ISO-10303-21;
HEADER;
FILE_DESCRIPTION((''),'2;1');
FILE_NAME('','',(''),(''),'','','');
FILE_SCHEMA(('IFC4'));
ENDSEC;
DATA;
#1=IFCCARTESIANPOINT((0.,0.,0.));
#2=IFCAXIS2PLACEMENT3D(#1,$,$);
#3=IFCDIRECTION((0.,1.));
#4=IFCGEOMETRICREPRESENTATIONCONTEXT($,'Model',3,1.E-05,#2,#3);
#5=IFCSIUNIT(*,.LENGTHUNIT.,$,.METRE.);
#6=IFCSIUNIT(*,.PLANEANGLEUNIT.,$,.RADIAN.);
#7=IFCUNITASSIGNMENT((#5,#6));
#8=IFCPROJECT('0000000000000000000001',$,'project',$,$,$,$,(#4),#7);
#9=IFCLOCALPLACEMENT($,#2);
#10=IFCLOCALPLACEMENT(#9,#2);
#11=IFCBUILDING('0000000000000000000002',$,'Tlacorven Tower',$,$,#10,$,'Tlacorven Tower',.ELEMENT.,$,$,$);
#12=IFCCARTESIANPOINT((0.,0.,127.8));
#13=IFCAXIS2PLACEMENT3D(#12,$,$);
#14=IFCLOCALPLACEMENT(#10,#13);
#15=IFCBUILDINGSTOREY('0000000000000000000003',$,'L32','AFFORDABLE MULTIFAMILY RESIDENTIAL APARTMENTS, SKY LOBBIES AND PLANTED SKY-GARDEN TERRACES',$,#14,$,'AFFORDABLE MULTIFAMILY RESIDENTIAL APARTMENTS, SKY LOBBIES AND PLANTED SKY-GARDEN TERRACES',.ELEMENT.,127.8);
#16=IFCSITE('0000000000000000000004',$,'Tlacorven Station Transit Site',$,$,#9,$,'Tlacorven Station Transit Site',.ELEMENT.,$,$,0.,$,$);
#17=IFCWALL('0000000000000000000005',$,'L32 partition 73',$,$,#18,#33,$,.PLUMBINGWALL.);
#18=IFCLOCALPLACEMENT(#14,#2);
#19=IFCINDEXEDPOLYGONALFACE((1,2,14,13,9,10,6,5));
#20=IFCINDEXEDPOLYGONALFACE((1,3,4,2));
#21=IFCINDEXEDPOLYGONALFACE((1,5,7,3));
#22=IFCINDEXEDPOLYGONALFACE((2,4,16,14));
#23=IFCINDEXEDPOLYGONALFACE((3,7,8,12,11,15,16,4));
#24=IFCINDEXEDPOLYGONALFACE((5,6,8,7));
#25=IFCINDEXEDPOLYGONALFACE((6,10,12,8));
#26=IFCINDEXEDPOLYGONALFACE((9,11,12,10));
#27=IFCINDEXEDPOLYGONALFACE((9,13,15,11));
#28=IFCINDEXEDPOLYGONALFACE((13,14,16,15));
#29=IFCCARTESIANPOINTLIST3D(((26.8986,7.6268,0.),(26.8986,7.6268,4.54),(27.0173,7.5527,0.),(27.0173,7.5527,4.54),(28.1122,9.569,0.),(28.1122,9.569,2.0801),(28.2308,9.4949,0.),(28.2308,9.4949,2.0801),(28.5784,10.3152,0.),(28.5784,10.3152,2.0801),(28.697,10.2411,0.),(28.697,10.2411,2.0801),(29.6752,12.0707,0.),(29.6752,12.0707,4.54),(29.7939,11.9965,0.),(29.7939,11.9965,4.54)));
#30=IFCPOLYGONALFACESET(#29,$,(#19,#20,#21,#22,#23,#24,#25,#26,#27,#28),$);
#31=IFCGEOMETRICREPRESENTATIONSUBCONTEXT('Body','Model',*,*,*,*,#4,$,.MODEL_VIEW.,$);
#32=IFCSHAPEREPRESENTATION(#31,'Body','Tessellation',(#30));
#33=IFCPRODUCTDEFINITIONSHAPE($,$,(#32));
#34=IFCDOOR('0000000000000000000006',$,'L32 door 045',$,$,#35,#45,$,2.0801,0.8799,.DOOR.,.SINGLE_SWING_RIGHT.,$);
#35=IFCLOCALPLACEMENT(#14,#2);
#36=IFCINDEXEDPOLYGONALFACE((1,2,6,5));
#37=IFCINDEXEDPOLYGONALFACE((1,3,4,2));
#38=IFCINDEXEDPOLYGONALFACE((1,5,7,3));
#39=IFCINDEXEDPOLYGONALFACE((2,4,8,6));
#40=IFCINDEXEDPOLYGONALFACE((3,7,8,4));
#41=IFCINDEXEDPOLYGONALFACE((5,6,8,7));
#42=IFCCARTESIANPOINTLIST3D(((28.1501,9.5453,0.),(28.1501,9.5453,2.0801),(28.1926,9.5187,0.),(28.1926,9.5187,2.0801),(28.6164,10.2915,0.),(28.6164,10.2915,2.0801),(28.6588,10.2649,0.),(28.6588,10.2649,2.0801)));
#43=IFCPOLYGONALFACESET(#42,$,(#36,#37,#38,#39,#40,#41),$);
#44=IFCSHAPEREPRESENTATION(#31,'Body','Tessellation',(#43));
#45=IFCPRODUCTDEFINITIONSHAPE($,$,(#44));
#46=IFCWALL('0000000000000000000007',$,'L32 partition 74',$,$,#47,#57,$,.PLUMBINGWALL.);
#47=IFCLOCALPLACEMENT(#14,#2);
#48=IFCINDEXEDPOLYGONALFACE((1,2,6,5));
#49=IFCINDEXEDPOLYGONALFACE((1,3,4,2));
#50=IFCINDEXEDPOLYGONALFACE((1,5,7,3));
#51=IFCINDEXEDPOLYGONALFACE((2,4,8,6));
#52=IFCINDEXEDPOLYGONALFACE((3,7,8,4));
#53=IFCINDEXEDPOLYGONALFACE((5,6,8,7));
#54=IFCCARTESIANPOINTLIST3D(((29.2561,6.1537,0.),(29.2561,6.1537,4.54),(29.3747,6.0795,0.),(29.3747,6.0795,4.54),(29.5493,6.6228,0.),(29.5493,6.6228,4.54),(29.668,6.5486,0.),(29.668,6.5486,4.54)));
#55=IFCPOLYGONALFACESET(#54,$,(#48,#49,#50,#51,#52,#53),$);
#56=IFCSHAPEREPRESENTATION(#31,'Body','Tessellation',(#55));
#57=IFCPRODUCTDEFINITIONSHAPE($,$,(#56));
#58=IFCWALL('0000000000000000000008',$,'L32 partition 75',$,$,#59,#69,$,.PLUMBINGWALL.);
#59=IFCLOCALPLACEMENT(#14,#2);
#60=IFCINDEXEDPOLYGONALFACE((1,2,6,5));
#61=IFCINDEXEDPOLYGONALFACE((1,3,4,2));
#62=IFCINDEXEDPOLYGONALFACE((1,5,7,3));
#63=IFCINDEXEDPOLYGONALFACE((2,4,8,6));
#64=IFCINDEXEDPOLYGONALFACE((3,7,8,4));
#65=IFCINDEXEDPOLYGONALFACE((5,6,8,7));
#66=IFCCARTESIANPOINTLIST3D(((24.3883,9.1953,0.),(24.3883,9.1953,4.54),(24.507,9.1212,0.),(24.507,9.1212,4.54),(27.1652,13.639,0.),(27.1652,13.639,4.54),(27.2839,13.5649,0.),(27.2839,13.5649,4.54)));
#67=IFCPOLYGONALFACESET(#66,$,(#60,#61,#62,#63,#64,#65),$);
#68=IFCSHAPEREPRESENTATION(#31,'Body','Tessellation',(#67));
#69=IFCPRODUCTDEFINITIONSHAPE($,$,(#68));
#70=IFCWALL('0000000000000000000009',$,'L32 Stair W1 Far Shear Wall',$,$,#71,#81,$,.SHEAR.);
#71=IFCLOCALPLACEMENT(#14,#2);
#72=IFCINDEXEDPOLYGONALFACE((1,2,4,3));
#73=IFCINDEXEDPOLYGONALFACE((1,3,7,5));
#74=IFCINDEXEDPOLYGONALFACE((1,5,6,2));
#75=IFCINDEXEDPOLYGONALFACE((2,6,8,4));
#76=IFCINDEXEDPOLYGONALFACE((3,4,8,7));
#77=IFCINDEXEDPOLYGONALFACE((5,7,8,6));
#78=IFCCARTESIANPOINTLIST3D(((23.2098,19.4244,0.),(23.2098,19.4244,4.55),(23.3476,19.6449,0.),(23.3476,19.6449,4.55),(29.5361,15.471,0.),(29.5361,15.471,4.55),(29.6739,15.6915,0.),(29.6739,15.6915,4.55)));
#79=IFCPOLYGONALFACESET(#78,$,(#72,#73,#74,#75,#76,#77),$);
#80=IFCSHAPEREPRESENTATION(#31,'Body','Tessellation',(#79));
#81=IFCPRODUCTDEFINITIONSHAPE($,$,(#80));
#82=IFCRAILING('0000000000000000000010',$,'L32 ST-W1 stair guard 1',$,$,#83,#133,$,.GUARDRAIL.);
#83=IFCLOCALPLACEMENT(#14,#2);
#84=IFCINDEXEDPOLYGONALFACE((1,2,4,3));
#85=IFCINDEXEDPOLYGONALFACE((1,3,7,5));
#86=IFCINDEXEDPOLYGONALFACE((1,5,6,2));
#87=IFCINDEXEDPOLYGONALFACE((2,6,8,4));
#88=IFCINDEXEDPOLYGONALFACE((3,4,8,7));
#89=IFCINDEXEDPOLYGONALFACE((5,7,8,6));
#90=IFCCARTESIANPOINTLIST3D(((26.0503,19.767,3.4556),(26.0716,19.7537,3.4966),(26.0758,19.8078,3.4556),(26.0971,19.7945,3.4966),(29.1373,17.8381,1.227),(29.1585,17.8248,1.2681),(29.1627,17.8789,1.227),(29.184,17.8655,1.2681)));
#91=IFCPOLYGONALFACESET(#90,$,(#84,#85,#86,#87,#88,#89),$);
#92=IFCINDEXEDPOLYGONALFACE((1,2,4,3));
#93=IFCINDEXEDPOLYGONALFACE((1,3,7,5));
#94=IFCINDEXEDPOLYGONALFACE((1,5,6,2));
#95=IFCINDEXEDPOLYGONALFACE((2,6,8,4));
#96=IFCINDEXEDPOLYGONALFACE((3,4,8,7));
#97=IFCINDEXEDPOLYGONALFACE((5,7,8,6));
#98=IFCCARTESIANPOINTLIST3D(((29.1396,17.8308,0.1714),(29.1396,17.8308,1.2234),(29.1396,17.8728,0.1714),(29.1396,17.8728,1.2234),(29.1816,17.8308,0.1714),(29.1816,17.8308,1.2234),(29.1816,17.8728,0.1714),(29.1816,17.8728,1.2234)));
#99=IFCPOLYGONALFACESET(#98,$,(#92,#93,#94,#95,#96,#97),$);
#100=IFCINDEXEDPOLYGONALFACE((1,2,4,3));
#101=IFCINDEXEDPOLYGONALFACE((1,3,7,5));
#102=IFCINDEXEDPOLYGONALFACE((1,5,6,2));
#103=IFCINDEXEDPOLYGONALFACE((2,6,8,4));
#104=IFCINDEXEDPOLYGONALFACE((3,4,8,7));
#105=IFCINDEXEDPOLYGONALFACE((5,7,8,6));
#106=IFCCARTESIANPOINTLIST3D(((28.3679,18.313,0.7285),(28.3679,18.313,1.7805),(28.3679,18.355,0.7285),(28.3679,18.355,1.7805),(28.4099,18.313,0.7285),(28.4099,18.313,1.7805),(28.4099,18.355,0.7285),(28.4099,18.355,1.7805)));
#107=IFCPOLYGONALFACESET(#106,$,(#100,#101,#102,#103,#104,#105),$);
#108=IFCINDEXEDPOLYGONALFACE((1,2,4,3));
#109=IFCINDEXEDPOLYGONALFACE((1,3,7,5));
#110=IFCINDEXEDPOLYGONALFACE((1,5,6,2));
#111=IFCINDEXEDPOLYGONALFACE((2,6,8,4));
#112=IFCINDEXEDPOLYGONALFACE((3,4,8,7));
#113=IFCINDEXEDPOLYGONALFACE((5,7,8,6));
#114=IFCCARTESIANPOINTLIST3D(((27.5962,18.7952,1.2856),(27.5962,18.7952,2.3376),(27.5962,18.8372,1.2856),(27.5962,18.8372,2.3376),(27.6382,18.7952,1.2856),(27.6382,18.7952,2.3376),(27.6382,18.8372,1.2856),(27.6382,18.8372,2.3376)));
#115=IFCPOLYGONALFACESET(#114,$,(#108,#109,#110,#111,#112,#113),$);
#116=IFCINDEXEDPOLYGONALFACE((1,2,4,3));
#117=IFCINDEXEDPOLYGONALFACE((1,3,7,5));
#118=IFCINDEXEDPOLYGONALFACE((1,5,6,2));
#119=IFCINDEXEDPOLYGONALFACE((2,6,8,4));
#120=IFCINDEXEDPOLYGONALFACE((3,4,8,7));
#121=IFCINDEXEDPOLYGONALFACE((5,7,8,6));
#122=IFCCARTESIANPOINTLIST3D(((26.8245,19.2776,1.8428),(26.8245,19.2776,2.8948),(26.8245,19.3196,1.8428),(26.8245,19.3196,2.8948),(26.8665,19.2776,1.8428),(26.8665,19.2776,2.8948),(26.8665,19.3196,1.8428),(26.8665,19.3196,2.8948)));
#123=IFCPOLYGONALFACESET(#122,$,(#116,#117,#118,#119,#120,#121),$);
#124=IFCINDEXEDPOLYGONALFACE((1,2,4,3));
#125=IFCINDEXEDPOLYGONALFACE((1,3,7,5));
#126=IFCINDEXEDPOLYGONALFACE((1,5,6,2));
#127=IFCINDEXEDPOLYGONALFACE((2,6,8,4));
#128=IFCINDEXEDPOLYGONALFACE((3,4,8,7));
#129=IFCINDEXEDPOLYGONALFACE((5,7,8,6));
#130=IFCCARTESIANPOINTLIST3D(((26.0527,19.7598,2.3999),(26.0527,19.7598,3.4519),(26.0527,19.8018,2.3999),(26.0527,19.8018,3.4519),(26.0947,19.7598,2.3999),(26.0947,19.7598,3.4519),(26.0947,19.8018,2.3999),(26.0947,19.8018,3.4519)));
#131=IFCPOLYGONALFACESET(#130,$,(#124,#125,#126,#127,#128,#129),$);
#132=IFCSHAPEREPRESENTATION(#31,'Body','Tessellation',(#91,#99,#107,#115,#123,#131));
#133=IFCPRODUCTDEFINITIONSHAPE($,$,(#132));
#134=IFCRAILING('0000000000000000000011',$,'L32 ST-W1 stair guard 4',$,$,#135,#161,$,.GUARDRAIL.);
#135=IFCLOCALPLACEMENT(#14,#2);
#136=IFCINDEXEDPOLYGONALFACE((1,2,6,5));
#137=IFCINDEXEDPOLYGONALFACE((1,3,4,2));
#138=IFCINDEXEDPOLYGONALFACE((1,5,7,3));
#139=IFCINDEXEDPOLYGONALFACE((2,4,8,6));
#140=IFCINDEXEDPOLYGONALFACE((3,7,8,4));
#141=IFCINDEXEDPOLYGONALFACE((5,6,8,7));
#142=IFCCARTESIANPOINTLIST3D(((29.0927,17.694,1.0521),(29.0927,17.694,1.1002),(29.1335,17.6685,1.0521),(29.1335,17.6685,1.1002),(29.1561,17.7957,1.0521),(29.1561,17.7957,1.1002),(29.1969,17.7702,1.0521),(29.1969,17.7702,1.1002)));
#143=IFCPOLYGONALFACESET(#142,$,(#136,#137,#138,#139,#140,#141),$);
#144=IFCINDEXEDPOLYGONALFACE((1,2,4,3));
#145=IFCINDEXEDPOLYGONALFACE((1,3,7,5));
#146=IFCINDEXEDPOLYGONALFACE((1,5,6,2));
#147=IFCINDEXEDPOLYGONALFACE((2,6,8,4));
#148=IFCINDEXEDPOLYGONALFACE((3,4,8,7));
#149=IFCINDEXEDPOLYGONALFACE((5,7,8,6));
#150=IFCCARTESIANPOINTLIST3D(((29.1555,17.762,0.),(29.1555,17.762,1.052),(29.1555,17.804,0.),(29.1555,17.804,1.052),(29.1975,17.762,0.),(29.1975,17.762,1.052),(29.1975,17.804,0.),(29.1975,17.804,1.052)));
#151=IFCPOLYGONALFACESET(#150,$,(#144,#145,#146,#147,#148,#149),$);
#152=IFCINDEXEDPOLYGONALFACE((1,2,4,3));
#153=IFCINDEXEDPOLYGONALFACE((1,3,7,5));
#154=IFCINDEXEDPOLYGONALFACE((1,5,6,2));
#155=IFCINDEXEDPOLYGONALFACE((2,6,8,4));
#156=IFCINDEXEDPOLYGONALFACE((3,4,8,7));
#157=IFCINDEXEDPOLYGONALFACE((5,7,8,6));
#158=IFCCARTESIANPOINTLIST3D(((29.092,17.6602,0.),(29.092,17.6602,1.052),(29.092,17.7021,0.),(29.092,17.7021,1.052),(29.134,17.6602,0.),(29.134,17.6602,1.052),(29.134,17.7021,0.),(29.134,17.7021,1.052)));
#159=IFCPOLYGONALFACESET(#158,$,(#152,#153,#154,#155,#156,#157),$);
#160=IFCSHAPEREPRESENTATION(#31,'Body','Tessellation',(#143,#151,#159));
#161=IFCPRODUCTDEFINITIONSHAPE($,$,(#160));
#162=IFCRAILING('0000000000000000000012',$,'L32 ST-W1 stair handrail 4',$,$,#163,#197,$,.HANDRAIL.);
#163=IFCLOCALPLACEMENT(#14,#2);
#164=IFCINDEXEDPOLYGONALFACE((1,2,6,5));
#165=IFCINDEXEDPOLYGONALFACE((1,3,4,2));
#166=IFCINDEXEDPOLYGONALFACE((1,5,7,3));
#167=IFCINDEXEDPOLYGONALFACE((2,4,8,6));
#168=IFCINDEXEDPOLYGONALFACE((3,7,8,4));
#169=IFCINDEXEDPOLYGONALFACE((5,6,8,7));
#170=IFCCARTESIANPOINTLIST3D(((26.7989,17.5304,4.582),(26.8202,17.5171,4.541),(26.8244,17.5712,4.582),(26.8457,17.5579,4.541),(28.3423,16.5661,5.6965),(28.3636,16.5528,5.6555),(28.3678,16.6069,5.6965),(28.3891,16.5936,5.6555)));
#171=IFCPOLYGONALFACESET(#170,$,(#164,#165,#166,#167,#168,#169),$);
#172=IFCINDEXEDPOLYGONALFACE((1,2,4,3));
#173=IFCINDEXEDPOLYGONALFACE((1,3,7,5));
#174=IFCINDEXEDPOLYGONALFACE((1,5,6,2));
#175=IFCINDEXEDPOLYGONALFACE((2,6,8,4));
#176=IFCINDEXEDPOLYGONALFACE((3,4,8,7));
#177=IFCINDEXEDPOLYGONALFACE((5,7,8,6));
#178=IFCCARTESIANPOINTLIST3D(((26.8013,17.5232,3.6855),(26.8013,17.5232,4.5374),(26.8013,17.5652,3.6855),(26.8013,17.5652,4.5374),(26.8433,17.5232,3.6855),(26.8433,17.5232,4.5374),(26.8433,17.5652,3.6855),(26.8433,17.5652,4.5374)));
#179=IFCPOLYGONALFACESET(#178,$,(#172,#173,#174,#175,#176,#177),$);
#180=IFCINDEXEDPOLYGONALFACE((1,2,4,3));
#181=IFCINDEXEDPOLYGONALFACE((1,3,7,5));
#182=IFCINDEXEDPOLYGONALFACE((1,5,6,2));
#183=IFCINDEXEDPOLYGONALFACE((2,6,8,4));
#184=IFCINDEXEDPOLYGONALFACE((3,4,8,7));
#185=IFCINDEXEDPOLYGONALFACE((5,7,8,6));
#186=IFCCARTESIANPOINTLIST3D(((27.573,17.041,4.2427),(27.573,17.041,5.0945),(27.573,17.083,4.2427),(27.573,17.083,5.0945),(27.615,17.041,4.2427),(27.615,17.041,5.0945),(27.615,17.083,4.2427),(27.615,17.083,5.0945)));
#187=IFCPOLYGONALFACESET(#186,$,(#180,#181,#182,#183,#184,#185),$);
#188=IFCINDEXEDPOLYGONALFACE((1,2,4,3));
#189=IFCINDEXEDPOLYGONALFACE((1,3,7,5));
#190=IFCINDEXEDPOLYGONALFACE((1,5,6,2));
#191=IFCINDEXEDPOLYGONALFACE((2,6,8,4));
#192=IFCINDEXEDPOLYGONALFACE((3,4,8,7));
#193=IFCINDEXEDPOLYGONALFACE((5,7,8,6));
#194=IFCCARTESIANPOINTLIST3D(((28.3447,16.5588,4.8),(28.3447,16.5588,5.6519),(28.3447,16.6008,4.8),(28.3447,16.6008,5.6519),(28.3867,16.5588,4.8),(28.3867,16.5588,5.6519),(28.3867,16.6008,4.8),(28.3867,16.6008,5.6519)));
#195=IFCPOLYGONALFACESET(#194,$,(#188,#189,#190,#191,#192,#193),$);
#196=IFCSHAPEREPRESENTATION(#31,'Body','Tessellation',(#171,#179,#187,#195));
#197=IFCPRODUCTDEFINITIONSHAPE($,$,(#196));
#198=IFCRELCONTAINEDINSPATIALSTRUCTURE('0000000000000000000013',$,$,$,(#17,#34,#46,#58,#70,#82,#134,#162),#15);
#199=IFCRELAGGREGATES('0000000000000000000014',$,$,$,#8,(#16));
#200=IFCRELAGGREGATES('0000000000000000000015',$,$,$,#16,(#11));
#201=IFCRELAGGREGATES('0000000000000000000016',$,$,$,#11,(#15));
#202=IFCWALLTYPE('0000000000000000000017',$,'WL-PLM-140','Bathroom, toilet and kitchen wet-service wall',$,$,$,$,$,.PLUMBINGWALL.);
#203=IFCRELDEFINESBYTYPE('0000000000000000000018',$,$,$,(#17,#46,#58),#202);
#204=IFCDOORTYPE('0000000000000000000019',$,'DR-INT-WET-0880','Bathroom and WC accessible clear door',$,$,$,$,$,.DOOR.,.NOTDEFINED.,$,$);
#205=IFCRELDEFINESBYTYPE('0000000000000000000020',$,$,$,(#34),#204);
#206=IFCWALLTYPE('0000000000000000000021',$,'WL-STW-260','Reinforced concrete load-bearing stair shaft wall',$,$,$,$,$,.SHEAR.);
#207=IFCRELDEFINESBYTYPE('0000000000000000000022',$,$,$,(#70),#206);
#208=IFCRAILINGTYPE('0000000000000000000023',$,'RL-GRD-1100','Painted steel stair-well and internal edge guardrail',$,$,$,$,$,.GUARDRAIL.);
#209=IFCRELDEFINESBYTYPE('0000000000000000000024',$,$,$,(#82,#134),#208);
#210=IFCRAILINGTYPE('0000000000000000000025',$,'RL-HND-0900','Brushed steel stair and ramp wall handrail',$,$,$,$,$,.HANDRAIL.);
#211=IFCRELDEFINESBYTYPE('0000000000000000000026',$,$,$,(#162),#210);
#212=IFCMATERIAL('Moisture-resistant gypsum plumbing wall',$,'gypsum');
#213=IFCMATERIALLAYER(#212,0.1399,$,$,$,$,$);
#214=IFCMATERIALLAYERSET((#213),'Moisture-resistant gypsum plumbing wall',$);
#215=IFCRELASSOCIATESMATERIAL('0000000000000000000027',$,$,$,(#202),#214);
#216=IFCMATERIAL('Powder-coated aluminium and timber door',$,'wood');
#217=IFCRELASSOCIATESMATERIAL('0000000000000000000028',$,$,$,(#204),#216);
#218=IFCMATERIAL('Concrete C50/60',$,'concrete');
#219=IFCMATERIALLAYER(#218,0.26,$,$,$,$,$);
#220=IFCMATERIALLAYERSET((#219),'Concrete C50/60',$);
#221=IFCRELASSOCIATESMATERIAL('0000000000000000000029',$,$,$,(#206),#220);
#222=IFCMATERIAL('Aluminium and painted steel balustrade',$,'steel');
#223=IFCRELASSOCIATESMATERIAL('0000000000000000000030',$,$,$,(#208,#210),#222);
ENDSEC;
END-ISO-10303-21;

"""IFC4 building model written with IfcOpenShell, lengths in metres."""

from ifc_helpers import new_model, si_unit, direction, frame, frame_2d, origin, origin_2d, place, context, subcontext, project, spatial, rectangle, extrude, source, transform, mapped, material, layer, layer_set, type_object, element, fill, save


model = new_model("IFC4")

# Units and contexts
model_context = context("Model", 3, precision=1e-05, world=origin(), true_north=direction((0.0, 1.0)))
body_context = subcontext(model_context, "Body", "Model", "MODEL_VIEW")
ifc_project = project(units=[si_unit("LENGTHUNIT", "METRE"), si_unit("PLANEANGLEUNIT", "RADIAN")], contexts=[model_context])

# Site, building, storey
site_placement = place(None, origin())
site = spatial("IfcSite", under=ifc_project, at=site_placement, Name="Tlacorven Station Transit Site", LongName="Tlacorven Station Transit Site", CompositionType="ELEMENT", RefElevation=0.0)
building_placement = place(site_placement, origin())
building = spatial("IfcBuilding", under=site, at=building_placement, Name="Tlacorven Tower", LongName="Tlacorven Tower", CompositionType="ELEMENT")
storey_placement = place(building_placement, frame((0.0, 0.0, 127.8)))
storey = spatial("IfcBuildingStorey", under=building, at=storey_placement, Name="L32", Description="AFFORDABLE MULTIFAMILY RESIDENTIAL APARTMENTS, SKY LOBBIES AND PLANTED SKY-GARDEN TERRACES", LongName="AFFORDABLE MULTIFAMILY RESIDENTIAL APARTMENTS, SKY LOBBIES AND PLANTED SKY-GARDEN TERRACES", CompositionType="ELEMENT", Elevation=127.8)

# Shared definitions
ifc_material_1 = material(Name="Powder-coated aluminium and timber door", Category="wood")

# Wall, opening, door
ifc_material_2 = material(Name="Moisture-resistant gypsum plumbing wall", Category="gypsum")
ifc_layer_1 = layer(ifc_material_2, 0.1399)
ifc_layer_set_1 = layer_set([ifc_layer_1], Name="Moisture-resistant gypsum plumbing wall")
wall_type_1 = type_object("IfcWallType", Name="WL-PLM-140", Description="Bathroom, toilet and kitchen wet-service wall", PredefinedType="PLUMBINGWALL", material=ifc_layer_set_1)
wall_1_placement = place(storey_placement, frame((29.7346, 12.0337, 0.0), z_axis=(0.0, 0.0, 1.0), x_axis=(-0.52989, -0.848066, 0.0)))
wall_1 = element("IfcWall", 1, at=wall_1_placement, inside=storey, type_object=wall_type_1, Name="L32 partition 73", PredefinedType="PLUMBINGWALL", context=body_context, shape_type="SweptSolid", body=[
    extrude(rectangle(XDim=5.24, YDim=0.1399, at=frame_2d((2.6201, 0.0))), origin(), (0.0, 0.0, 1.0), 4.54),
])
opening_1_placement = place(wall_1_placement, frame((2.0701, 0.0, 0.0)))
opening_1 = element("IfcOpeningElement", 2, at=opening_1_placement, cuts=wall_1, PredefinedType="OPENING", context=body_context, shape_type="SweptSolid", body=[
    extrude(rectangle(XDim=0.8799, YDim=2.0801, at=frame_2d((0.4399, 1.04))), frame((0.0, 0.0801, 0.0), z_axis=(0.0, -1.0, 0.0), x_axis=(1.0, 0.0, 0.0)), (0.0, 0.0, 1.0), 0.1599),
])
door_type_1 = type_object("IfcDoorType", Name="DR-INT-WET-0880", Description="Bathroom and WC accessible clear door", OperationType="NOTDEFINED", PredefinedType="DOOR", material=ifc_material_1)
shared_shape_1 = source(origin(), body_context, "Body", "SweptSolid", [
    extrude(rectangle(XDim=0.8799, YDim=2.0801, at=frame_2d((0.4399, 1.04))), frame((0.0, 0.0249, 0.0), z_axis=(0.0, -1.0, 0.0), x_axis=(1.0, 0.0, 0.0)), (0.0, 0.0, 1.0), 0.05),
])
door_1_placement = place(opening_1_placement, origin())
door_1 = element("IfcDoor", 3, at=door_1_placement, inside=storey, type_object=door_type_1, Name="L32 door 045", OperationType="SINGLE_SWING_RIGHT", OverallHeight=2.0801, OverallWidth=0.8799, PredefinedType="DOOR", context=body_context, shape_type="MappedRepresentation", body=[
    mapped(shared_shape_1, transform((0.0, 0.0, 0.0), scale=1.0)),
])
fill(opening_1, door_1)

# Walls
wall_2_placement = place(storey_placement, frame((29.6086, 6.5857, 0.0), z_axis=(0.0, 0.0, 1.0), x_axis=(-0.530118, -0.847924, 0.0)))
element("IfcWall", 4, at=wall_2_placement, inside=storey, type_object=wall_type_1, Name="L32 partition 74", PredefinedType="PLUMBINGWALL", context=body_context, shape_type="SweptSolid", body=[
    extrude(rectangle(XDim=0.5532, YDim=0.1399, at=frame_2d((0.2766, 0.0))), origin(), (0.0, 0.0, 1.0), 4.54),
])
wall_3_placement = place(storey_placement, frame((27.2246, 13.6021, 0.0), z_axis=(0.0, 0.0, 1.0), x_axis=(-0.529944, -0.848032, 0.0)))
element("IfcWall", 5, at=wall_3_placement, inside=storey, type_object=wall_type_1, Name="L32 partition 75", PredefinedType="PLUMBINGWALL", context=body_context, shape_type="SweptSolid", body=[
    extrude(rectangle(XDim=5.24, YDim=0.1399, at=frame_2d((2.6201, 0.0))), origin(), (0.0, 0.0, 1.0), 4.54),
])
ifc_material_3 = material(Name="Concrete C50/60", Category="concrete")
ifc_layer_2 = layer(ifc_material_3, 0.26)
ifc_layer_set_2 = layer_set([ifc_layer_2], Name="Concrete C50/60")
wall_type_2 = type_object("IfcWallType", Name="WL-STW-260", Description="Reinforced concrete load-bearing stair shaft wall", PredefinedType="SHEAR", material=ifc_layer_set_2)
wall_4_placement = place(storey_placement, frame((29.605, 15.5813, 0.0), z_axis=(0.0, 0.0, 1.0), x_axis=(-0.848037, 0.529937, 0.0)))
element("IfcWall", 6, at=wall_4_placement, inside=storey, type_object=wall_type_2, Name="L32 Stair W1 Far Shear Wall", PredefinedType="SHEAR", context=body_context, shape_type="SweptSolid", body=[
    extrude(rectangle(XDim=7.46, YDim=0.26, at=frame_2d((3.73, 0.0))), origin(), (0.0, 0.0, 1.0), 4.55),
])

# Railings
ifc_material_4 = material(Name="Aluminium and painted steel balustrade", Category="steel")
railing_type_1 = type_object("IfcRailingType", Name="RL-GRD-1100", Description="Painted steel stair-well and internal edge guardrail", PredefinedType="GUARDRAIL", material=ifc_material_4)
shared_shape_2 = source(origin(), body_context, "Body", "SweptSolid", [
    extrude(rectangle(XDim=0.0481, YDim=0.0481, at=origin_2d()), frame((0.0, 0.0, 1.0762), z_axis=(-0.723262, 0.451953, 0.52214), x_axis=(-0.529927, -0.848044, 0.0)), (0.0, 0.0, 1.0), 4.2681),
    extrude(rectangle(XDim=0.042, YDim=0.042, at=origin_2d()), origin(), (0.0, 0.0, 1.0), 1.052),
    extrude(rectangle(XDim=0.042, YDim=0.042, at=origin_2d()), frame((-0.7717, 0.4822, 0.5571)), (0.0, 0.0, 1.0), 1.052),
    extrude(rectangle(XDim=0.042, YDim=0.042, at=origin_2d()), frame((-1.5435, 0.9644, 1.1143)), (0.0, 0.0, 1.0), 1.052),
    extrude(rectangle(XDim=0.042, YDim=0.042, at=origin_2d()), frame((-2.3152, 1.4468, 1.6714)), (0.0, 0.0, 1.0), 1.052),
    extrude(rectangle(XDim=0.042, YDim=0.042, at=origin_2d()), frame((-3.0869, 1.929, 2.2285)), (0.0, 0.0, 1.0), 1.052),
])
railing_1_placement = place(storey_placement, frame((29.1606, 17.8518, 0.1714)))
element("IfcRailing", 7, at=railing_1_placement, inside=storey, type_object=railing_type_1, Name="L32 ST-W1 stair guard 1", PredefinedType="GUARDRAIL", context=body_context, shape_type="MappedRepresentation", body=[
    mapped(shared_shape_2, transform((0.0, 0.0, 0.0), scale=1.0)),
])
shared_shape_3 = source(origin(), body_context, "Body", "SweptSolid", [
    extrude(rectangle(XDim=0.0481, YDim=0.0481, at=origin_2d()), frame((0.0, 0.0, 1.0762), z_axis=(-0.529084, -0.848569, 0.0), x_axis=(0.848569, -0.529084, 0.0)), (0.0, 0.0, 1.0), 0.1199),
    extrude(rectangle(XDim=0.042, YDim=0.042, at=origin_2d()), origin(), (0.0, 0.0, 1.0), 1.052),
    extrude(rectangle(XDim=0.042, YDim=0.042, at=origin_2d()), frame((-0.0635, -0.1018, 0.0)), (0.0, 0.0, 1.0), 1.052),
])
railing_2_placement = place(storey_placement, frame((29.1765, 17.783, 0.0)))
element("IfcRailing", 8, at=railing_2_placement, inside=storey, type_object=railing_type_1, Name="L32 ST-W1 stair guard 4", PredefinedType="GUARDRAIL", context=body_context, shape_type="MappedRepresentation", body=[
    mapped(shared_shape_3, transform((0.0, 0.0, 0.0), scale=1.0)),
])
railing_type_2 = type_object("IfcRailingType", Name="RL-HND-0900", Description="Brushed steel stair and ramp wall handrail", PredefinedType="HANDRAIL", material=ifc_material_4)
shared_shape_4 = source(origin(), body_context, "Body", "SweptSolid", [
    extrude(rectangle(XDim=0.0481, YDim=0.0481, at=origin_2d()), frame((0.0, 0.0, 0.876), z_axis=(0.723238, -0.451881, 0.522237), x_axis=(0.529878, 0.848074, 0.0)), (0.0, 0.0, 1.0), 2.134),
    extrude(rectangle(XDim=0.042, YDim=0.042, at=origin_2d()), origin(), (0.0, 0.0, 1.0), 0.8518),
    extrude(rectangle(XDim=0.042, YDim=0.042, at=origin_2d()), frame((0.7717, -0.4822, 0.5571)), (0.0, 0.0, 1.0), 0.8518),
    extrude(rectangle(XDim=0.042, YDim=0.042, at=origin_2d()), frame((1.5435, -0.9644, 1.1145)), (0.0, 0.0, 1.0), 0.8518),
])
railing_3_placement = place(storey_placement, frame((26.8223, 17.5442, 3.6855)))
element("IfcRailing", 9, at=railing_3_placement, inside=storey, type_object=railing_type_2, Name="L32 ST-W1 stair handrail 4", PredefinedType="HANDRAIL", context=body_context, shape_type="MappedRepresentation", body=[
    mapped(shared_shape_4, transform((0.0, 0.0, 0.0), scale=1.0)),
])

save(model, "model.ifc")
